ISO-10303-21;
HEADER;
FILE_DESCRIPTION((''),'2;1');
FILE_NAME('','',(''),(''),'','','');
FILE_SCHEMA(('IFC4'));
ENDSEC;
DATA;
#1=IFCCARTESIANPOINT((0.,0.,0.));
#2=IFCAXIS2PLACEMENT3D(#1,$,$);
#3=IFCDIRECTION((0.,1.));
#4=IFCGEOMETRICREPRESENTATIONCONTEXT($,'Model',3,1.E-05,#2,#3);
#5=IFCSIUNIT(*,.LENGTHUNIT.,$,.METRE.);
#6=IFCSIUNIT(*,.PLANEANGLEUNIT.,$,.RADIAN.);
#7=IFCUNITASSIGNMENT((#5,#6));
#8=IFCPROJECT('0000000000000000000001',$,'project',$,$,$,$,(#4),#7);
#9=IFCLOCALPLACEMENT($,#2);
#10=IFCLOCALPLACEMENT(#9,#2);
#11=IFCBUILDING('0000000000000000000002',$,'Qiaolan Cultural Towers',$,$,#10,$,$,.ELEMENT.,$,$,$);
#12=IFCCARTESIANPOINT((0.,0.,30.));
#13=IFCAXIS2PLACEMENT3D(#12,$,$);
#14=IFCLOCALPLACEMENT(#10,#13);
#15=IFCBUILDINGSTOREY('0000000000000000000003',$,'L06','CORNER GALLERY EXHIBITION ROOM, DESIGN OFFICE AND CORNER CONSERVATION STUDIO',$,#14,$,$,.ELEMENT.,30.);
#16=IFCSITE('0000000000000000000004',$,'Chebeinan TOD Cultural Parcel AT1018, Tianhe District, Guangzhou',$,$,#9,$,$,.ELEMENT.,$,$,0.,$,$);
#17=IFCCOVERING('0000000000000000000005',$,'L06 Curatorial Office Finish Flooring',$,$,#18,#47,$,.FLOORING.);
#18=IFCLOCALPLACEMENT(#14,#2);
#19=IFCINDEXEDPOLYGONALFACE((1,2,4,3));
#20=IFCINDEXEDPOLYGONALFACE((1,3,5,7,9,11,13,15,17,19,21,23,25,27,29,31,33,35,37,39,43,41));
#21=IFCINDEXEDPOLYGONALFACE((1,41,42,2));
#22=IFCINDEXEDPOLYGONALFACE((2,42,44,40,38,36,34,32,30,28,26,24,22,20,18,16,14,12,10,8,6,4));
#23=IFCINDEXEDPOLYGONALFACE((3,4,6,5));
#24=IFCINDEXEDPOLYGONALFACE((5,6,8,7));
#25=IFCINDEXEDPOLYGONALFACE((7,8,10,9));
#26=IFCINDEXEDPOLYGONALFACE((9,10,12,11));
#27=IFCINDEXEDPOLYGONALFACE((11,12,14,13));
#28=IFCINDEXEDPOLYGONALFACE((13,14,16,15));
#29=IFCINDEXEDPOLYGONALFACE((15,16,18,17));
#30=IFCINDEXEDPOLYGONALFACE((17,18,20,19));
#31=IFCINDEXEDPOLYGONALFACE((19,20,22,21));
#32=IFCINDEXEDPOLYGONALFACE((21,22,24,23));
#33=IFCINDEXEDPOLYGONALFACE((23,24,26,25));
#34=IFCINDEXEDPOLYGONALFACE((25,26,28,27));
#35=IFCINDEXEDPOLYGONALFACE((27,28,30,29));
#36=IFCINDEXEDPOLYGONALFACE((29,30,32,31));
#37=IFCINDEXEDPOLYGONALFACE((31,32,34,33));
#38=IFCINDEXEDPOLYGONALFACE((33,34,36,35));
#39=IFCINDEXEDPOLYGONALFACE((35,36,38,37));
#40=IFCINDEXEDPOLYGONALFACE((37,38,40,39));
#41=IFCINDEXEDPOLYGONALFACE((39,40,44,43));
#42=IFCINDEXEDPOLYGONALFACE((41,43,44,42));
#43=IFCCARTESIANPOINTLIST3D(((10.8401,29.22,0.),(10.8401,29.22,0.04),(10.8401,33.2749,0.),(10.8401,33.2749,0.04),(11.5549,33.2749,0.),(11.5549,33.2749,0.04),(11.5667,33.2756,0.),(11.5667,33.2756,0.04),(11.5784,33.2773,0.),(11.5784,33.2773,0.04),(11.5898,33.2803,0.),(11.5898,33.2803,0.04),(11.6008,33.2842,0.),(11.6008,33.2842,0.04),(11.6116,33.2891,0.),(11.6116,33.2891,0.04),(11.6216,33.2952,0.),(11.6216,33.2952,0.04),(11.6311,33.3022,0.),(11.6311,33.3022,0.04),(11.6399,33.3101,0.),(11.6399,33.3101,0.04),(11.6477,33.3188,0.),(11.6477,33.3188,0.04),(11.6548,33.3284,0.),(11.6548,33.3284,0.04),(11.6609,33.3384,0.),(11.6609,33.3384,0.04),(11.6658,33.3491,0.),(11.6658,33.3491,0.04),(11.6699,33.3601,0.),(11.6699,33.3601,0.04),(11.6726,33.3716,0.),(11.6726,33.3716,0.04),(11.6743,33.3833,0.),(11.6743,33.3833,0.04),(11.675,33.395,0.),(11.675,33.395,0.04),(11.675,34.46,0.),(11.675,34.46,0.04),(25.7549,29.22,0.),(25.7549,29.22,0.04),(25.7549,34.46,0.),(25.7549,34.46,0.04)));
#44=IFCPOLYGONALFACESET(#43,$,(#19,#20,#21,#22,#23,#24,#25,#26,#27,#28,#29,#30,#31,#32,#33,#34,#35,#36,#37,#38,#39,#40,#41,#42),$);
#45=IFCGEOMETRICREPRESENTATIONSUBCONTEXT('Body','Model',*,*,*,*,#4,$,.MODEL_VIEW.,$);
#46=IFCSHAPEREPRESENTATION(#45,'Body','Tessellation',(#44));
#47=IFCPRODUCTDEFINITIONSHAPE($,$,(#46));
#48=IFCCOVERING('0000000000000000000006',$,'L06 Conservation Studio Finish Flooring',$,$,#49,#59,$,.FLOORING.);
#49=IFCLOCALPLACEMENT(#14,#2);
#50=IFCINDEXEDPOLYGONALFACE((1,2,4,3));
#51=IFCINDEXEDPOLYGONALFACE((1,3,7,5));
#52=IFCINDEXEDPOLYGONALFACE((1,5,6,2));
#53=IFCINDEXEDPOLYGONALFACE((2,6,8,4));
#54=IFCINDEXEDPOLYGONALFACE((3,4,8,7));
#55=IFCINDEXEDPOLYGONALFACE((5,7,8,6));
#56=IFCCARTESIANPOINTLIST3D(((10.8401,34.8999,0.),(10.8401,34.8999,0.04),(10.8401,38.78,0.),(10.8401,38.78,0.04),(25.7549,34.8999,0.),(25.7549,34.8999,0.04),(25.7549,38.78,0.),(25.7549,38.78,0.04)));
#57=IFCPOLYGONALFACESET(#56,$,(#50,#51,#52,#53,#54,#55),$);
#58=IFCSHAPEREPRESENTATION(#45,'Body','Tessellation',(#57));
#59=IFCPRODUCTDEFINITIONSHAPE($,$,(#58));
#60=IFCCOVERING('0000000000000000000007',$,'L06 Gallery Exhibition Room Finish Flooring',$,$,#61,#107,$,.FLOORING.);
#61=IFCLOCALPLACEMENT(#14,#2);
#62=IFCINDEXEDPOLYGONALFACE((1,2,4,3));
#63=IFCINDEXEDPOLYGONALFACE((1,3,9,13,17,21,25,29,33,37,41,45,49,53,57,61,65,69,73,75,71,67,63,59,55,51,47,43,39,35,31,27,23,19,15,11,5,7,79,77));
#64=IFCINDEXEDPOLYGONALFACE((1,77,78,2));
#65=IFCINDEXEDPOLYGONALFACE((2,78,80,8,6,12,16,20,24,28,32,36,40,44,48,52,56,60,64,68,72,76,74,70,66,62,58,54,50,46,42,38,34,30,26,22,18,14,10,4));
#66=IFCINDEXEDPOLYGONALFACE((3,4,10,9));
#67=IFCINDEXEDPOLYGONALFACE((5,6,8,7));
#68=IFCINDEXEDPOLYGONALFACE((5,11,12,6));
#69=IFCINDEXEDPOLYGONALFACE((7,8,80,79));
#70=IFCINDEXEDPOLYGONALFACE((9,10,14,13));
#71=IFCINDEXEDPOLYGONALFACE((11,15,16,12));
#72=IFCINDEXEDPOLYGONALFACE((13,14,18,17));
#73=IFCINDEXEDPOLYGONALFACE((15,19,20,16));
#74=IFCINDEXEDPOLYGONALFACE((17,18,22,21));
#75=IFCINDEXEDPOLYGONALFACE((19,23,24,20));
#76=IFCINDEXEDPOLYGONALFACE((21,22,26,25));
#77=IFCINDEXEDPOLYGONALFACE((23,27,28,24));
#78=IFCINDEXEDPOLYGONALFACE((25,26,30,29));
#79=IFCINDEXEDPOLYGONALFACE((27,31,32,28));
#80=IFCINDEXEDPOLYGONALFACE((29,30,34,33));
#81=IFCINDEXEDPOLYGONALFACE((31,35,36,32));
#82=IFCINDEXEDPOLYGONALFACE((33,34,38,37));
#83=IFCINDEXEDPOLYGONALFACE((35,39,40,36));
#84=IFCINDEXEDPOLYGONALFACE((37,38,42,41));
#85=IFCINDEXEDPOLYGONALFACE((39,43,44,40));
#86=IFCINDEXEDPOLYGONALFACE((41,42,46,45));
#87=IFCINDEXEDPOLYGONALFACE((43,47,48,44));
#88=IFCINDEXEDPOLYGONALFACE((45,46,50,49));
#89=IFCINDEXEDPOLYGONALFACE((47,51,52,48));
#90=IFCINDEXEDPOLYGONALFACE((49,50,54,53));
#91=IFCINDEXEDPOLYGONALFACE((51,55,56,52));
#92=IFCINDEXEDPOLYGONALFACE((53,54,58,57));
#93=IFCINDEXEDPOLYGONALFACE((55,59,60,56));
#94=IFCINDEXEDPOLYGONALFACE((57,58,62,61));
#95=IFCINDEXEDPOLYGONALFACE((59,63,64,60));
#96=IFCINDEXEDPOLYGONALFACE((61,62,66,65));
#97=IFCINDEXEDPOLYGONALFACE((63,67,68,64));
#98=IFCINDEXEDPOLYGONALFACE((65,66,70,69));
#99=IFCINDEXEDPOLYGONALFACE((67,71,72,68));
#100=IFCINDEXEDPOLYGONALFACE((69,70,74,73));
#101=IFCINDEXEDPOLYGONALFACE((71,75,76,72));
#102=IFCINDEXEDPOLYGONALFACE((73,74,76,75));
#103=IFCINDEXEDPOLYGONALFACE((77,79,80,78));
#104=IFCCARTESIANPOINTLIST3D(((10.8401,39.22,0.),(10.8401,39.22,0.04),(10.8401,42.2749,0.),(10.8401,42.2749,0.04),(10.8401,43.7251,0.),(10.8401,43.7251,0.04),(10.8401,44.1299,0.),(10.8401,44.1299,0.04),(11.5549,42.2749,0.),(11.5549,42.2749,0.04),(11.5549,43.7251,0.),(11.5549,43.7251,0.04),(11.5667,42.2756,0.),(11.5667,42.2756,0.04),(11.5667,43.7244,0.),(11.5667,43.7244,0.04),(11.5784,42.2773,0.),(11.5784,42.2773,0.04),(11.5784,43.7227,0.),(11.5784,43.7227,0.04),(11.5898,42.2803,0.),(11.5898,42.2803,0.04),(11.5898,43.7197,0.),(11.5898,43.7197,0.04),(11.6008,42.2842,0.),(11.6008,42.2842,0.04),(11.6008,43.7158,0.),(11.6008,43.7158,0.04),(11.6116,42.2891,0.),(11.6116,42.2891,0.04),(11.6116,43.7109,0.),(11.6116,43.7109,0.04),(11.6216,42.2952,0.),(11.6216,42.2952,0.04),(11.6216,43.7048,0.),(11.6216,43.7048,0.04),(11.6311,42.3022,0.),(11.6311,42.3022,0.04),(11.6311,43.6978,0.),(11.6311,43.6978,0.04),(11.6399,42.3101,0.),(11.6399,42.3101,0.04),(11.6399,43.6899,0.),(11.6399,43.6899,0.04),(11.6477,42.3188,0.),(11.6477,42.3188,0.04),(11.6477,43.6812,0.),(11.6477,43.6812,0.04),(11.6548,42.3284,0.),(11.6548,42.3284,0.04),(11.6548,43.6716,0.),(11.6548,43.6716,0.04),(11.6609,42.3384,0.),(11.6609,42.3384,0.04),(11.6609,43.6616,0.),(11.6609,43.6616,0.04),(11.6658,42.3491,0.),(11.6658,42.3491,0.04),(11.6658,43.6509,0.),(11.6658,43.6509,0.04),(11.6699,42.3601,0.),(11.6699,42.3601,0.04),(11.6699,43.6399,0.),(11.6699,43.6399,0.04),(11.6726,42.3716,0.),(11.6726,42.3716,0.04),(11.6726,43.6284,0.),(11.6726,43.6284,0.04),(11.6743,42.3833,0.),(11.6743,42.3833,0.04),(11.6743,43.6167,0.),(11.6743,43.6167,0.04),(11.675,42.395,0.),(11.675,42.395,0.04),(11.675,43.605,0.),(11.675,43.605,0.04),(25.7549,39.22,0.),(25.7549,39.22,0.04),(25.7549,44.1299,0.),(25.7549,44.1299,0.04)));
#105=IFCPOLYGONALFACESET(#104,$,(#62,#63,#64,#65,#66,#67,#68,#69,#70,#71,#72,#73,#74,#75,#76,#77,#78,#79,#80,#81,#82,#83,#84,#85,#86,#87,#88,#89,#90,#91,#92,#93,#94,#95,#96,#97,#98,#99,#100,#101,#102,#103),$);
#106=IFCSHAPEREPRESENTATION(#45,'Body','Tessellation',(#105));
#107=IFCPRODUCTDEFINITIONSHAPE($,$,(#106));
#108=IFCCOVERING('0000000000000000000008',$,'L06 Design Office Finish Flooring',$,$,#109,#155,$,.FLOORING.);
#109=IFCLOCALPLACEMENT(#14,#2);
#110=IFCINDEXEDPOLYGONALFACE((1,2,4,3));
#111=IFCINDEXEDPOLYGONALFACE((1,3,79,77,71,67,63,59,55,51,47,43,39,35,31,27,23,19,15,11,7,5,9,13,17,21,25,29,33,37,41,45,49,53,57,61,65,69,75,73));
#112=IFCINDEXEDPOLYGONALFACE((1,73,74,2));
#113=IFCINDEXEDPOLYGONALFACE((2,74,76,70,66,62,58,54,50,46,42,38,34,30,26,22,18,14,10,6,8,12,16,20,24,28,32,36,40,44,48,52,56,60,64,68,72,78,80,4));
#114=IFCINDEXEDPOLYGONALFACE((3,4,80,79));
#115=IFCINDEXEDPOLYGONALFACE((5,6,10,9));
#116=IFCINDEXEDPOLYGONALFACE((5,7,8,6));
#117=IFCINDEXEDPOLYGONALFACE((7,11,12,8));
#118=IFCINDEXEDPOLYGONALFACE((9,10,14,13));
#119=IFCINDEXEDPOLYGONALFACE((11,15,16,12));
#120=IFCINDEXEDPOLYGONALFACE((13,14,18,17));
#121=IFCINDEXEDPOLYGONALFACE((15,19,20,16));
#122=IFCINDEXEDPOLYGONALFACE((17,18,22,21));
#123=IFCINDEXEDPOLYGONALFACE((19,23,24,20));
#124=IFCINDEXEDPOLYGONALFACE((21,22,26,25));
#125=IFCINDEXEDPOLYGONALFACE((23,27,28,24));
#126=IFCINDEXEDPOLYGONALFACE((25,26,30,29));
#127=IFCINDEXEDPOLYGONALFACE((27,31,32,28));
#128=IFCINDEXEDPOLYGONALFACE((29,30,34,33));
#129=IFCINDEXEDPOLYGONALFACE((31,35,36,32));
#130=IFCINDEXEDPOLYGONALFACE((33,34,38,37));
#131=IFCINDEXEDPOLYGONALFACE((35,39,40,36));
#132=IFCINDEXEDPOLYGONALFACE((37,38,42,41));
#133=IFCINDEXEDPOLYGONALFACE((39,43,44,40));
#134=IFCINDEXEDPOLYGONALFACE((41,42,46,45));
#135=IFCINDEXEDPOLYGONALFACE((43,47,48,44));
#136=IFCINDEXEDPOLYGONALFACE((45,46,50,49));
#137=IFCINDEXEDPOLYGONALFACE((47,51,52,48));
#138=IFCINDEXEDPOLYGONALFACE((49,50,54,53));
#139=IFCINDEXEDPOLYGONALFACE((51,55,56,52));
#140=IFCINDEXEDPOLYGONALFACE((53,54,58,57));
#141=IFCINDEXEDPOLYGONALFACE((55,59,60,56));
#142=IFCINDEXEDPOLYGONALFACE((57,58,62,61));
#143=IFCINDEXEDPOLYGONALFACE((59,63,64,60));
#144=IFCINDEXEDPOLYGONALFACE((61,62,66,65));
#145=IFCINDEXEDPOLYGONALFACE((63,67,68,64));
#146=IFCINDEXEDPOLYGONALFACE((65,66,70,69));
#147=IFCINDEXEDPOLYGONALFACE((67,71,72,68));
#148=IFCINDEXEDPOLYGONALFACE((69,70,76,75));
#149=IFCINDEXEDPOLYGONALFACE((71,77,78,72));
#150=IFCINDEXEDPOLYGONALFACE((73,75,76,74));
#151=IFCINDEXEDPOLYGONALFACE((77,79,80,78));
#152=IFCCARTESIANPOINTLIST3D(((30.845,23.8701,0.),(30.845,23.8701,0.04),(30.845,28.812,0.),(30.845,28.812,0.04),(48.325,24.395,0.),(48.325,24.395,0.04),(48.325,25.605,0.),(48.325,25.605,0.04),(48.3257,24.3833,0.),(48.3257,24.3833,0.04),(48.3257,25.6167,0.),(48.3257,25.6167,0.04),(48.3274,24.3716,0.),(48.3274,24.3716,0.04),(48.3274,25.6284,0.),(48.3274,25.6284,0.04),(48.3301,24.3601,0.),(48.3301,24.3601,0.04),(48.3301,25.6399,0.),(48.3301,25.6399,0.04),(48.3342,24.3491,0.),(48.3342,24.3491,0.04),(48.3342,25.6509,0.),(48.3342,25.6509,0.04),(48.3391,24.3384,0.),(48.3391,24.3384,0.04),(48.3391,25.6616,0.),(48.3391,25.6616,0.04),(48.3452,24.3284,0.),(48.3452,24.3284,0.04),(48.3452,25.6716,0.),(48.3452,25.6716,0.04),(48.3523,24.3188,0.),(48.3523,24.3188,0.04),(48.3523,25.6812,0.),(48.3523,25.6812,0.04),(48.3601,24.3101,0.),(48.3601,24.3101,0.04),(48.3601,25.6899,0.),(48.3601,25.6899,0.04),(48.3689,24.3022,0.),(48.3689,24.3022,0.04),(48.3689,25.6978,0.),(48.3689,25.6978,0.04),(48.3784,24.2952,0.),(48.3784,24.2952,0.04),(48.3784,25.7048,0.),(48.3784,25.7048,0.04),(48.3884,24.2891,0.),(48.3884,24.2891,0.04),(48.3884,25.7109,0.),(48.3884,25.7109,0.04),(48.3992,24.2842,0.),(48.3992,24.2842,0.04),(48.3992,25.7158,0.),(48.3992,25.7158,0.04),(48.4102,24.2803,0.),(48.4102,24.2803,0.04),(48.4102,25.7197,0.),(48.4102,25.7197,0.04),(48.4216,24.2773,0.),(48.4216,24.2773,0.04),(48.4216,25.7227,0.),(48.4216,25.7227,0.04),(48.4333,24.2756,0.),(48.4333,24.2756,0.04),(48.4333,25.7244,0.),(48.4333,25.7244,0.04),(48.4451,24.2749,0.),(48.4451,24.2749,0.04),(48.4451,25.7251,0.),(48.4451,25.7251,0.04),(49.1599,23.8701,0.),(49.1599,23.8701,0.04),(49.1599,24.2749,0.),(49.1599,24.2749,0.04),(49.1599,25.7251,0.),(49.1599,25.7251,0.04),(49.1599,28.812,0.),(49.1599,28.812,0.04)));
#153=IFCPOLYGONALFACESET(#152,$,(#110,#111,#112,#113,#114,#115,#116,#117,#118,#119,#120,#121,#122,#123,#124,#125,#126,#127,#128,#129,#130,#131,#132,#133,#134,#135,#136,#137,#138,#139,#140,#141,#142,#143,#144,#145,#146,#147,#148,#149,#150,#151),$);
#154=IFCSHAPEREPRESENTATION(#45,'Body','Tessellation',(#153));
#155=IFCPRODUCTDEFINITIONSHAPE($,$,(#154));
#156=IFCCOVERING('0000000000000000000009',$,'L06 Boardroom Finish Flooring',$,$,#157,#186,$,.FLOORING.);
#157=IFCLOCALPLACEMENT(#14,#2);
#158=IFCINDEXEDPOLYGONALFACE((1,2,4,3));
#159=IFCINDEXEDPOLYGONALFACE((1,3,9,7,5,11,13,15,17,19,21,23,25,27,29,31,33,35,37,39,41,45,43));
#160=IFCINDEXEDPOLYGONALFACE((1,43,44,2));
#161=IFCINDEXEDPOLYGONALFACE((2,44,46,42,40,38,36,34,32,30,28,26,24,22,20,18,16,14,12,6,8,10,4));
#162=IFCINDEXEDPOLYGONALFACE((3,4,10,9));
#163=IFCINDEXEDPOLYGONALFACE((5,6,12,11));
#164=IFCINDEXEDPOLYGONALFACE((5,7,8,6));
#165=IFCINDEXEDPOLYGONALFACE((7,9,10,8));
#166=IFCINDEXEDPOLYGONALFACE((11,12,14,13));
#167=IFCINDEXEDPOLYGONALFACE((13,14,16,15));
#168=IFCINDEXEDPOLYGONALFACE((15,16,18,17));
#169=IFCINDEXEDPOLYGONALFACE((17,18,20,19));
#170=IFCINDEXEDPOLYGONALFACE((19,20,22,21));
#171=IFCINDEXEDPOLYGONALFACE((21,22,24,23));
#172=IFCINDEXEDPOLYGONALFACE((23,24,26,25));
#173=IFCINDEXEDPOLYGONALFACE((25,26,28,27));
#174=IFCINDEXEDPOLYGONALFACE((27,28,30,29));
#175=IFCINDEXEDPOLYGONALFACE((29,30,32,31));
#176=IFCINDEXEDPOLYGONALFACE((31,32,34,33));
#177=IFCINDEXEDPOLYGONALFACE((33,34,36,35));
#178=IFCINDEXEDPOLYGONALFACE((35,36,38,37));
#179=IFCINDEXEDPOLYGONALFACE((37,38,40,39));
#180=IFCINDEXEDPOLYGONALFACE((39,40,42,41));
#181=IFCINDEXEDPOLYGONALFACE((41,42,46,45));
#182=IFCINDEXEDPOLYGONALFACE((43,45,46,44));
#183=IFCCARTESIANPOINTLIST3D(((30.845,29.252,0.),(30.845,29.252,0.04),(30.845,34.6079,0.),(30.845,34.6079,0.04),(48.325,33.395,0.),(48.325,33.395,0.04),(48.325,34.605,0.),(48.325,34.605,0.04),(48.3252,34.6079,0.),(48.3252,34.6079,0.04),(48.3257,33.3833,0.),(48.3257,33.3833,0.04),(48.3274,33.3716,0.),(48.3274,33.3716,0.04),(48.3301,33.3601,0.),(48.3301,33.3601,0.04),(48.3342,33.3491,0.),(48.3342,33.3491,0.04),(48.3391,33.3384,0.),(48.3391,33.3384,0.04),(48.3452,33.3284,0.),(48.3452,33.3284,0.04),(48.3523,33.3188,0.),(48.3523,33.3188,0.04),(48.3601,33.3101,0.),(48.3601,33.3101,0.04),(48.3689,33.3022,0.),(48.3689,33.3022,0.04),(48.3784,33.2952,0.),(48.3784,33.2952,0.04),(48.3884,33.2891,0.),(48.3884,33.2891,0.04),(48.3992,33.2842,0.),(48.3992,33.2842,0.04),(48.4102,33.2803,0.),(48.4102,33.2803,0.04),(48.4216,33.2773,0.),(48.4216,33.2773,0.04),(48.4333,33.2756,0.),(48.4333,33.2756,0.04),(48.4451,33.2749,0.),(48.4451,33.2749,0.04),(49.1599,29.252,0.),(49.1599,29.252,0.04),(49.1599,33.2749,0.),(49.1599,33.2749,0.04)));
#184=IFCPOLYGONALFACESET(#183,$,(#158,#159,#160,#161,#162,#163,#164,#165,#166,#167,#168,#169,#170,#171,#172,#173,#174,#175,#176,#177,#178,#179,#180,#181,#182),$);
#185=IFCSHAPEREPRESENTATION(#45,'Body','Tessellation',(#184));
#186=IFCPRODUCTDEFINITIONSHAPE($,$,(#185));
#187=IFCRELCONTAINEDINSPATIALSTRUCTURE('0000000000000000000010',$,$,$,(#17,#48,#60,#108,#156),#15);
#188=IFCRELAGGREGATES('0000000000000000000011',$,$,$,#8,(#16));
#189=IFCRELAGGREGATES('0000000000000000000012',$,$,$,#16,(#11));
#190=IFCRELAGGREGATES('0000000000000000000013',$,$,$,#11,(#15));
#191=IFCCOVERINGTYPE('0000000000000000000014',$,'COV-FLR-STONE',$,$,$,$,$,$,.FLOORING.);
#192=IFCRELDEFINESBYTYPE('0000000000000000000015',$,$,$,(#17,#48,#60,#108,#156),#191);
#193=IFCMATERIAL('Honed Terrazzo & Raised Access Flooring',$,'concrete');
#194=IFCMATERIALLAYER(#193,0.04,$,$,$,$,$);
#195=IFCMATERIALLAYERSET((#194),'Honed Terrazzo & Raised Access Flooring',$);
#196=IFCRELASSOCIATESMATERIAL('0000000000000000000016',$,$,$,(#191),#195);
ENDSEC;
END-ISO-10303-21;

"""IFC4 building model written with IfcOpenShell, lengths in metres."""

from ifc_helpers import new_model, si_unit, direction, frame, origin, place, context, subcontext, project, spatial, polyline, outline, extrude, material, layer, layer_set, type_object, element, save


model = new_model("IFC4")

# Units and contexts
model_context = context("Model", 3, precision=1e-05, world=origin(), true_north=direction((0.0, 1.0)))
body_context = subcontext(model_context, "Body", "Model", "MODEL_VIEW")
ifc_project = project(units=[si_unit("LENGTHUNIT", "METRE"), si_unit("PLANEANGLEUNIT", "RADIAN")], contexts=[model_context])

# Site, building, storey
site_placement = place(None, origin())
site = spatial("IfcSite", under=ifc_project, at=site_placement, Name="Chebeinan TOD Cultural Parcel AT1018, Tianhe District, Guangzhou", CompositionType="ELEMENT", RefElevation=0.0)
building_placement = place(site_placement, origin())
building = spatial("IfcBuilding", under=site, at=building_placement, Name="Qiaolan Cultural Towers", CompositionType="ELEMENT")
storey_placement = place(building_placement, frame((0.0, 0.0, 30.0)))
storey = spatial("IfcBuildingStorey", under=building, at=storey_placement, Name="L06", Description="CORNER GALLERY EXHIBITION ROOM, DESIGN OFFICE AND CORNER CONSERVATION STUDIO", CompositionType="ELEMENT", Elevation=30.0)

# Coverings
ifc_material_1 = material(Name="Honed Terrazzo & Raised Access Flooring", Category="concrete")
ifc_layer_1 = layer(ifc_material_1, 0.04)
ifc_layer_set_1 = layer_set([ifc_layer_1], Name="Honed Terrazzo & Raised Access Flooring")
covering_type = type_object("IfcCoveringType", Name="COV-FLR-STONE", PredefinedType="FLOORING", material=ifc_layer_set_1)
covering_1_placement = place(storey_placement, origin())
element("IfcCovering", 1, at=covering_1_placement, inside=storey, type_object=covering_type, Name="L06 Curatorial Office Finish Flooring", PredefinedType="FLOORING", context=body_context, shape_type="SweptSolid", body=[
    extrude(outline(polyline([(11.675, 34.46), (11.675, 33.395), (11.6743, 33.3833), (11.6726, 33.3716), (11.6699, 33.3601), (11.6658, 33.3491), (11.6609, 33.3384), (11.6548, 33.3284), (11.6477, 33.3188), (11.6399, 33.3101), (11.6311, 33.3022), (11.6216, 33.2952), (11.6116, 33.2891), (11.6008, 33.2842), (11.5898, 33.2803), (11.5784, 33.2773), (11.5667, 33.2756), (11.5549, 33.2749), (10.8401, 33.2749), (10.8401, 29.22), (25.7549, 29.22), (25.7549, 34.46), (11.675, 34.46)])), origin(), (0.0, 0.0, 1.0), 0.04),
])
covering_2_placement = place(storey_placement, origin())
element("IfcCovering", 2, at=covering_2_placement, inside=storey, type_object=covering_type, Name="L06 Conservation Studio Finish Flooring", PredefinedType="FLOORING", context=body_context, shape_type="SweptSolid", body=[
    extrude(outline(polyline([(25.7549, 34.8999), (25.7549, 38.78), (10.8401, 38.78), (10.8401, 34.8999), (25.7549, 34.8999)])), origin(), (0.0, 0.0, 1.0), 0.04),
])
covering_3_placement = place(storey_placement, origin())
element("IfcCovering", 3, at=covering_3_placement, inside=storey, type_object=covering_type, Name="L06 Gallery Exhibition Room Finish Flooring", PredefinedType="FLOORING", context=body_context, shape_type="SweptSolid", body=[
    extrude(outline(polyline([(10.8401, 43.7251), (11.5549, 43.7251), (11.5667, 43.7244), (11.5784, 43.7227), (11.5898, 43.7197), (11.6008, 43.7158), (11.6116, 43.7109), (11.6216, 43.7048), (11.6311, 43.6978), (11.6399, 43.6899), (11.6477, 43.6812), (11.6548, 43.6716), (11.6609, 43.6616), (11.6658, 43.6509), (11.6699, 43.6399), (11.6726, 43.6284), (11.6743, 43.6167), (11.675, 43.605), (11.675, 42.395), (11.6743, 42.3833), (11.6726, 42.3716), (11.6699, 42.3601), (11.6658, 42.3491), (11.6609, 42.3384), (11.6548, 42.3284), (11.6477, 42.3188), (11.6399, 42.3101), (11.6311, 42.3022), (11.6216, 42.2952), (11.6116, 42.2891), (11.6008, 42.2842), (11.5898, 42.2803), (11.5784, 42.2773), (11.5667, 42.2756), (11.5549, 42.2749), (10.8401, 42.2749), (10.8401, 39.22), (25.7549, 39.22), (25.7549, 44.1299), (10.8401, 44.1299), (10.8401, 43.7251)])), origin(), (0.0, 0.0, 1.0), 0.04),
])
covering_4_placement = place(storey_placement, origin())
element("IfcCovering", 4, at=covering_4_placement, inside=storey, type_object=covering_type, Name="L06 Design Office Finish Flooring", PredefinedType="FLOORING", context=body_context, shape_type="SweptSolid", body=[
    extrude(outline(polyline([(49.1599, 24.2749), (48.4451, 24.2749), (48.4333, 24.2756), (48.4216, 24.2773), (48.4102, 24.2803), (48.3992, 24.2842), (48.3884, 24.2891), (48.3784, 24.2952), (48.3689, 24.3022), (48.3601, 24.3101), (48.3523, 24.3188), (48.3452, 24.3284), (48.3391, 24.3384), (48.3342, 24.3491), (48.3301, 24.3601), (48.3274, 24.3716), (48.3257, 24.3833), (48.325, 24.395), (48.325, 25.605), (48.3257, 25.6167), (48.3274, 25.6284), (48.3301, 25.6399), (48.3342, 25.6509), (48.3391, 25.6616), (48.3452, 25.6716), (48.3523, 25.6812), (48.3601, 25.6899), (48.3689, 25.6978), (48.3784, 25.7048), (48.3884, 25.7109), (48.3992, 25.7158), (48.4102, 25.7197), (48.4216, 25.7227), (48.4333, 25.7244), (48.4451, 25.7251), (49.1599, 25.7251), (49.1599, 28.812), (30.845, 28.812), (30.845, 23.8701), (49.1599, 23.8701), (49.1599, 24.2749)])), origin(), (0.0, 0.0, 1.0), 0.04),
])
covering_5_placement = place(storey_placement, origin())
element("IfcCovering", 5, at=covering_5_placement, inside=storey, type_object=covering_type, Name="L06 Boardroom Finish Flooring", PredefinedType="FLOORING", context=body_context, shape_type="SweptSolid", body=[
    extrude(outline(polyline([(30.845, 34.6079), (30.845, 29.252), (49.1599, 29.252), (49.1599, 33.2749), (48.4451, 33.2749), (48.4333, 33.2756), (48.4216, 33.2773), (48.4102, 33.2803), (48.3992, 33.2842), (48.3884, 33.2891), (48.3784, 33.2952), (48.3689, 33.3022), (48.3601, 33.3101), (48.3523, 33.3188), (48.3452, 33.3284), (48.3391, 33.3384), (48.3342, 33.3491), (48.3301, 33.3601), (48.3274, 33.3716), (48.3257, 33.3833), (48.325, 33.395), (48.325, 34.605), (48.3252, 34.6079), (30.845, 34.6079)])), origin(), (0.0, 0.0, 1.0), 0.04),
])

save(model, "model.ifc")
